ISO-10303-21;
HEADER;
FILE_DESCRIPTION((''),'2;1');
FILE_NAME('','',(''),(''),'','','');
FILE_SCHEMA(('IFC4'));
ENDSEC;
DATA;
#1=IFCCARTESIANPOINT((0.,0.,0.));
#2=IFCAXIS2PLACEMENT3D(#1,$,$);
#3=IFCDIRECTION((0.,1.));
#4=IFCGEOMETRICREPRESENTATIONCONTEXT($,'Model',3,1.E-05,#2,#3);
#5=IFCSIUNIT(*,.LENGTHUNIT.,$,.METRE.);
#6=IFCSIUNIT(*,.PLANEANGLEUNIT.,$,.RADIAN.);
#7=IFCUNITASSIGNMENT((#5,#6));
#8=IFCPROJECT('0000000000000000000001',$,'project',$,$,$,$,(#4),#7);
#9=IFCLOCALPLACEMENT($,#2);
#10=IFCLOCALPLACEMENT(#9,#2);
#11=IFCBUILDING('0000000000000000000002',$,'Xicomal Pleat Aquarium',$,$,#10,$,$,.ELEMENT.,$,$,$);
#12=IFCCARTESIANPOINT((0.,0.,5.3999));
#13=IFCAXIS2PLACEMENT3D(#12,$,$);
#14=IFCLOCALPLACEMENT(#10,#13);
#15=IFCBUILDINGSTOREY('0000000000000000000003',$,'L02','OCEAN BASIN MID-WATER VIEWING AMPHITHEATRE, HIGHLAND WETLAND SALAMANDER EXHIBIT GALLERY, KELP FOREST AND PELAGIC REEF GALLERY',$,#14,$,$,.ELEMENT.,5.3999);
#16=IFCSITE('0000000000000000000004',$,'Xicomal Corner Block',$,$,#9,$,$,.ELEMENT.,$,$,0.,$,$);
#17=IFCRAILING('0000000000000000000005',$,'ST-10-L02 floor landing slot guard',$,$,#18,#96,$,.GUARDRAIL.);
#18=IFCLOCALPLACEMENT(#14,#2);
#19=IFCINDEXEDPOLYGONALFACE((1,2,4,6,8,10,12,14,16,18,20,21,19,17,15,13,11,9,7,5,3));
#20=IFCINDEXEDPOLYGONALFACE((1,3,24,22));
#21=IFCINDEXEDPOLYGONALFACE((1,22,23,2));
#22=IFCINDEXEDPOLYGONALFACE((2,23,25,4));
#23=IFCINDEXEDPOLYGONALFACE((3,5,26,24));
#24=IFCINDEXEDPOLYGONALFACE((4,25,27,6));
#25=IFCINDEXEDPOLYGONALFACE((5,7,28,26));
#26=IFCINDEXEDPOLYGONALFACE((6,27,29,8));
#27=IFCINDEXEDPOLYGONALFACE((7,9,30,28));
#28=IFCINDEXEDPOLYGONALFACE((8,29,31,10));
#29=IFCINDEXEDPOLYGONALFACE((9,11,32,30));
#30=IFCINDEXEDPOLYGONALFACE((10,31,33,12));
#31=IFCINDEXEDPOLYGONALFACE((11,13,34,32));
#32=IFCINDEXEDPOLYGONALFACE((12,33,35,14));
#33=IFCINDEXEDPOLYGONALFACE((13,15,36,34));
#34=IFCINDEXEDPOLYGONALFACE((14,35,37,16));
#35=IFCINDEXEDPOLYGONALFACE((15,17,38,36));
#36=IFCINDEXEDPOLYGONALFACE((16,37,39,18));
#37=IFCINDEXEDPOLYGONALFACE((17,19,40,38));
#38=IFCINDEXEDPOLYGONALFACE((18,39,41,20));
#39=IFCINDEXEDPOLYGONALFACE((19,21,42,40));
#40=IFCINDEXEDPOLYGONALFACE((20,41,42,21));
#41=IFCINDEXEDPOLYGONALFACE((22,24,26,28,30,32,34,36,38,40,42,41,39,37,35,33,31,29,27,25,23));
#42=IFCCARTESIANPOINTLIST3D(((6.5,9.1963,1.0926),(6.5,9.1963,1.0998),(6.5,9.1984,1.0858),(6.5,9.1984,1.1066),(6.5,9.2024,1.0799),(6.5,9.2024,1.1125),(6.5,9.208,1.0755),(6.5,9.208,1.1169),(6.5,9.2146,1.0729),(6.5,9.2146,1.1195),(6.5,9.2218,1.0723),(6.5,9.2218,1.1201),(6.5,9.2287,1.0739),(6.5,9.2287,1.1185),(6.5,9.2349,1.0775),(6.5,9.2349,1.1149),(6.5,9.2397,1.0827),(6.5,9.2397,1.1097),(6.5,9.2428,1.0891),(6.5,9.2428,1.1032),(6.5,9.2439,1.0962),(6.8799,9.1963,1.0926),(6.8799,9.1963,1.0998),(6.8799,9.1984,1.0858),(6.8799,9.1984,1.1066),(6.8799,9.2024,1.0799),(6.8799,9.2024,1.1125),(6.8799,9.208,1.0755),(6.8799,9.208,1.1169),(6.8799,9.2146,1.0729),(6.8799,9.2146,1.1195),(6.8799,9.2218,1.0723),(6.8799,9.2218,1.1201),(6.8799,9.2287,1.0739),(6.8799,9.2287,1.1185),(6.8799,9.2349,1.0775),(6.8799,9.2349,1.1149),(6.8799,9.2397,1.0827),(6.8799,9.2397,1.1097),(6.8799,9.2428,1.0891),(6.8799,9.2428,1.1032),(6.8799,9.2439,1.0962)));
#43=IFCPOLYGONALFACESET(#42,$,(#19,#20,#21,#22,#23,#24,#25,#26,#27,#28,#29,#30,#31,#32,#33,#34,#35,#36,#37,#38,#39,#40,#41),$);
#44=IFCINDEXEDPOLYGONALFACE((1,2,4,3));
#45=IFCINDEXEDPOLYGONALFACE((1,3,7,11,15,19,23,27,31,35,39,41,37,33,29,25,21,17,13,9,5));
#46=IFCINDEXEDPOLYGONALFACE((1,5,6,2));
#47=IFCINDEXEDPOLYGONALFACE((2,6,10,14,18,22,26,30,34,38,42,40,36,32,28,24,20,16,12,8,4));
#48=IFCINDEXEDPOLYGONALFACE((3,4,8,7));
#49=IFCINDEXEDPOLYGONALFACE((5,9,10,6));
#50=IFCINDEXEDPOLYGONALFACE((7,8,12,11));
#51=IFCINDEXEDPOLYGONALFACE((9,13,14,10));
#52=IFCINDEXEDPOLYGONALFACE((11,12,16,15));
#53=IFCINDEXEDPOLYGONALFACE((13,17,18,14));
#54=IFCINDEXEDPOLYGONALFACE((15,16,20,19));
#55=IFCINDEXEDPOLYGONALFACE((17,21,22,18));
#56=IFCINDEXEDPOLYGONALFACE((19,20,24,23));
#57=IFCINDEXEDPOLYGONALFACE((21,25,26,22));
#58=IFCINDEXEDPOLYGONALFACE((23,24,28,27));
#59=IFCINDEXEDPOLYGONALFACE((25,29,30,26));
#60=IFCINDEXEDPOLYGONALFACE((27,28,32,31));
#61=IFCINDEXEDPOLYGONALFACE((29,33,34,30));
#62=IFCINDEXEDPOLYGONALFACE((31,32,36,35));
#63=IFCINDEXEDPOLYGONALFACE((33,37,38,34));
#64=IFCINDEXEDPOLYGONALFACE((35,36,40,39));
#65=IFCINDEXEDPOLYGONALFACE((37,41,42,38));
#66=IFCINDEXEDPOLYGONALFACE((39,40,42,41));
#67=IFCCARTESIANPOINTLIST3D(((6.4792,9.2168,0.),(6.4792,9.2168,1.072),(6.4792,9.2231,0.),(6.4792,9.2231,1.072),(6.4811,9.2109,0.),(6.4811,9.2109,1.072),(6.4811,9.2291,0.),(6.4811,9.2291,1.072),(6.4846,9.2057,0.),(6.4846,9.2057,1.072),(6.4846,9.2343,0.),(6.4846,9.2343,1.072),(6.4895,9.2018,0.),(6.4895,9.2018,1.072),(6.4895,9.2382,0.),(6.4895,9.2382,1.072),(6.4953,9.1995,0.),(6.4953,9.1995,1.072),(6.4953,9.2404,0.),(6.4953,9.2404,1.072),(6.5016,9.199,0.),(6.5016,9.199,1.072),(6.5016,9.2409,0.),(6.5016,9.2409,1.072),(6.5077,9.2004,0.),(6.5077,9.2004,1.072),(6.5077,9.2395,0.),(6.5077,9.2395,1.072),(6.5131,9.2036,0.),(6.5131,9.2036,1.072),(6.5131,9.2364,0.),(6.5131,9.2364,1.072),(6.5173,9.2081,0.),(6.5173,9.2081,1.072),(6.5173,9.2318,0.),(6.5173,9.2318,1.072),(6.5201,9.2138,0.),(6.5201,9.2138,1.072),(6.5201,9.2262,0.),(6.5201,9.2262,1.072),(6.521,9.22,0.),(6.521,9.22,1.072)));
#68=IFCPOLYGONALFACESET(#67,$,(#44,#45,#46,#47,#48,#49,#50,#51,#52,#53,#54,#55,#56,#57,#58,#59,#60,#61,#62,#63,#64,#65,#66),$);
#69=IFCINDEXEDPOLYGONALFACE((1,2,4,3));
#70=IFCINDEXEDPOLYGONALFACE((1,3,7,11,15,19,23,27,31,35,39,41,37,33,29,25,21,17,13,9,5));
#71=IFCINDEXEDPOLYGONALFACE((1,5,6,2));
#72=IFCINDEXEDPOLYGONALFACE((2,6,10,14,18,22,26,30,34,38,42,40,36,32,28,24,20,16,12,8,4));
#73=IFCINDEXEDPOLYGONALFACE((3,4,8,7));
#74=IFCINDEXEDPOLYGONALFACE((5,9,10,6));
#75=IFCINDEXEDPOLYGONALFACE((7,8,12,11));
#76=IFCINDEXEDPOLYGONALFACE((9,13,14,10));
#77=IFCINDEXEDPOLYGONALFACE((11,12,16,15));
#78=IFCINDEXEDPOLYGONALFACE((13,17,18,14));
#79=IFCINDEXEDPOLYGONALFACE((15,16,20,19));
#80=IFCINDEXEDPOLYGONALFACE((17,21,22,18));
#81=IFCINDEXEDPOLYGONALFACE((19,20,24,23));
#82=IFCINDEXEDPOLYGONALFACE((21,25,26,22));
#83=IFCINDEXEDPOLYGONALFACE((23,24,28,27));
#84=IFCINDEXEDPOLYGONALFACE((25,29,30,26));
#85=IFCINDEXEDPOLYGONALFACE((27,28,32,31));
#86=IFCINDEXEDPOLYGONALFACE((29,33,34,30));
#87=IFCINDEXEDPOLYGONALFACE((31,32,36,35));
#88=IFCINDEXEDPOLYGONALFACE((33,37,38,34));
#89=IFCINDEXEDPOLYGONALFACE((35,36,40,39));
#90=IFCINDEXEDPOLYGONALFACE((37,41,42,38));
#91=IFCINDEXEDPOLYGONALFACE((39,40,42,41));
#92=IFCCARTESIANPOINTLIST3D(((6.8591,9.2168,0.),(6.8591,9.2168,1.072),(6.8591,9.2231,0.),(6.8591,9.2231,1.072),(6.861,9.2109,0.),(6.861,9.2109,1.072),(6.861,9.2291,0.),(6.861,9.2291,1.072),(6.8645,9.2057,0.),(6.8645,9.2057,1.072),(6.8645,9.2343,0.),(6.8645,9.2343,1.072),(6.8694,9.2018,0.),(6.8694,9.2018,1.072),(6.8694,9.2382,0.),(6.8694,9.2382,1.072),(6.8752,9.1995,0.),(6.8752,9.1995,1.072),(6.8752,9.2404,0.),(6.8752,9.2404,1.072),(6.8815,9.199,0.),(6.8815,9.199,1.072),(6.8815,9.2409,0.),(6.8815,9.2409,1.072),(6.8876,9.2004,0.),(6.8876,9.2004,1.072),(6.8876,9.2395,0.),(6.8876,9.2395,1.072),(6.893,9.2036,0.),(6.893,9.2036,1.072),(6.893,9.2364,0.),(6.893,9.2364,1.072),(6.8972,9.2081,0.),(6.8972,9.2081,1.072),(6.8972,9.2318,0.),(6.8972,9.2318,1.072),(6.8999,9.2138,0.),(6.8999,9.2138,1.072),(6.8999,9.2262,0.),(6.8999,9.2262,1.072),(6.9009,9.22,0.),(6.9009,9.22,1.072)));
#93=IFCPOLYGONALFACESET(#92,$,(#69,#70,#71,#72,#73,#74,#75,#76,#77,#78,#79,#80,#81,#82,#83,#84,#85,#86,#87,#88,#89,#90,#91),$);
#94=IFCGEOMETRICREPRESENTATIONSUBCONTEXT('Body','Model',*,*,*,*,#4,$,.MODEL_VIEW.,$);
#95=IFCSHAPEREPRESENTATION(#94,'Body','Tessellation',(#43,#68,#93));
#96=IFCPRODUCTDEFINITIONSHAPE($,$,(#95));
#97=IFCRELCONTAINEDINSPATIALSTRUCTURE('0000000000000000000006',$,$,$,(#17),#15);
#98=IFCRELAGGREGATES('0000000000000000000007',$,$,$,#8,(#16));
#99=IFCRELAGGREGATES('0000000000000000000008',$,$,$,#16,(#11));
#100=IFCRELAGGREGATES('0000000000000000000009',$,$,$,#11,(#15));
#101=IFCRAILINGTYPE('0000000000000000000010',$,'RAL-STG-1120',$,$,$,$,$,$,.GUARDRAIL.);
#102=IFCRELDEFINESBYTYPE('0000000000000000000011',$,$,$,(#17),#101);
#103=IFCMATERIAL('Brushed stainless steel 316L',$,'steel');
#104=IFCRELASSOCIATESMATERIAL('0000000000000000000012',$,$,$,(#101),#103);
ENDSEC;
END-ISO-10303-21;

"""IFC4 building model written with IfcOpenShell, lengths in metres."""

from ifc_helpers import new_model, si_unit, direction, frame, origin, origin_2d, place, context, subcontext, project, spatial, circle, extrude, material, type_object, element, save


model = new_model("IFC4")

# Units and contexts
model_context = context("Model", 3, precision=1e-05, world=origin(), true_north=direction((0.0, 1.0)))
body_context = subcontext(model_context, "Body", "Model", "MODEL_VIEW")
ifc_project = project(units=[si_unit("LENGTHUNIT", "METRE"), si_unit("PLANEANGLEUNIT", "RADIAN")], contexts=[model_context])

# Site, building, storey
site_placement = place(None, origin())
site = spatial("IfcSite", under=ifc_project, at=site_placement, Name="Xicomal Corner Block", CompositionType="ELEMENT", RefElevation=0.0)
building_placement = place(site_placement, origin())
building = spatial("IfcBuilding", under=site, at=building_placement, Name="Xicomal Pleat Aquarium", CompositionType="ELEMENT")
storey_placement = place(building_placement, frame((0.0, 0.0, 5.3999)))
storey = spatial("IfcBuildingStorey", under=building, at=storey_placement, Name="L02", Description="OCEAN BASIN MID-WATER VIEWING AMPHITHEATRE, HIGHLAND WETLAND SALAMANDER EXHIBIT GALLERY, KELP FOREST AND PELAGIC REEF GALLERY", CompositionType="ELEMENT", Elevation=5.3999)

# Railing
ifc_material_1 = material(Name="Brushed stainless steel 316L", Category="steel")
railing_type_1 = type_object("IfcRailingType", Name="RAL-STG-1120", PredefinedType="GUARDRAIL", material=ifc_material_1)
railing_1_placement = place(storey_placement, frame((6.5, 9.22, 0.0)))
element("IfcRailing", 1, at=railing_1_placement, inside=storey, type_object=railing_type_1, Name="ST-10-L02 floor landing slot guard", PredefinedType="GUARDRAIL", context=body_context, shape_type="SweptSolid", body=[
    extrude(circle(Radius=0.0239, at=origin_2d()), frame((0.0, 0.0, 1.0962), z_axis=(1.0, 0.0, 0.0), x_axis=(0.0, 1.0, 0.0)), (0.0, 0.0, 1.0), 0.3799),
    extrude(circle(Radius=0.021, at=origin_2d()), origin(), (0.0, 0.0, 1.0), 1.072),
    extrude(circle(Radius=0.021, at=origin_2d()), frame((0.3799, 0.0, 0.0)), (0.0, 0.0, 1.0), 1.072),
])

save(model, "model.ifc")
